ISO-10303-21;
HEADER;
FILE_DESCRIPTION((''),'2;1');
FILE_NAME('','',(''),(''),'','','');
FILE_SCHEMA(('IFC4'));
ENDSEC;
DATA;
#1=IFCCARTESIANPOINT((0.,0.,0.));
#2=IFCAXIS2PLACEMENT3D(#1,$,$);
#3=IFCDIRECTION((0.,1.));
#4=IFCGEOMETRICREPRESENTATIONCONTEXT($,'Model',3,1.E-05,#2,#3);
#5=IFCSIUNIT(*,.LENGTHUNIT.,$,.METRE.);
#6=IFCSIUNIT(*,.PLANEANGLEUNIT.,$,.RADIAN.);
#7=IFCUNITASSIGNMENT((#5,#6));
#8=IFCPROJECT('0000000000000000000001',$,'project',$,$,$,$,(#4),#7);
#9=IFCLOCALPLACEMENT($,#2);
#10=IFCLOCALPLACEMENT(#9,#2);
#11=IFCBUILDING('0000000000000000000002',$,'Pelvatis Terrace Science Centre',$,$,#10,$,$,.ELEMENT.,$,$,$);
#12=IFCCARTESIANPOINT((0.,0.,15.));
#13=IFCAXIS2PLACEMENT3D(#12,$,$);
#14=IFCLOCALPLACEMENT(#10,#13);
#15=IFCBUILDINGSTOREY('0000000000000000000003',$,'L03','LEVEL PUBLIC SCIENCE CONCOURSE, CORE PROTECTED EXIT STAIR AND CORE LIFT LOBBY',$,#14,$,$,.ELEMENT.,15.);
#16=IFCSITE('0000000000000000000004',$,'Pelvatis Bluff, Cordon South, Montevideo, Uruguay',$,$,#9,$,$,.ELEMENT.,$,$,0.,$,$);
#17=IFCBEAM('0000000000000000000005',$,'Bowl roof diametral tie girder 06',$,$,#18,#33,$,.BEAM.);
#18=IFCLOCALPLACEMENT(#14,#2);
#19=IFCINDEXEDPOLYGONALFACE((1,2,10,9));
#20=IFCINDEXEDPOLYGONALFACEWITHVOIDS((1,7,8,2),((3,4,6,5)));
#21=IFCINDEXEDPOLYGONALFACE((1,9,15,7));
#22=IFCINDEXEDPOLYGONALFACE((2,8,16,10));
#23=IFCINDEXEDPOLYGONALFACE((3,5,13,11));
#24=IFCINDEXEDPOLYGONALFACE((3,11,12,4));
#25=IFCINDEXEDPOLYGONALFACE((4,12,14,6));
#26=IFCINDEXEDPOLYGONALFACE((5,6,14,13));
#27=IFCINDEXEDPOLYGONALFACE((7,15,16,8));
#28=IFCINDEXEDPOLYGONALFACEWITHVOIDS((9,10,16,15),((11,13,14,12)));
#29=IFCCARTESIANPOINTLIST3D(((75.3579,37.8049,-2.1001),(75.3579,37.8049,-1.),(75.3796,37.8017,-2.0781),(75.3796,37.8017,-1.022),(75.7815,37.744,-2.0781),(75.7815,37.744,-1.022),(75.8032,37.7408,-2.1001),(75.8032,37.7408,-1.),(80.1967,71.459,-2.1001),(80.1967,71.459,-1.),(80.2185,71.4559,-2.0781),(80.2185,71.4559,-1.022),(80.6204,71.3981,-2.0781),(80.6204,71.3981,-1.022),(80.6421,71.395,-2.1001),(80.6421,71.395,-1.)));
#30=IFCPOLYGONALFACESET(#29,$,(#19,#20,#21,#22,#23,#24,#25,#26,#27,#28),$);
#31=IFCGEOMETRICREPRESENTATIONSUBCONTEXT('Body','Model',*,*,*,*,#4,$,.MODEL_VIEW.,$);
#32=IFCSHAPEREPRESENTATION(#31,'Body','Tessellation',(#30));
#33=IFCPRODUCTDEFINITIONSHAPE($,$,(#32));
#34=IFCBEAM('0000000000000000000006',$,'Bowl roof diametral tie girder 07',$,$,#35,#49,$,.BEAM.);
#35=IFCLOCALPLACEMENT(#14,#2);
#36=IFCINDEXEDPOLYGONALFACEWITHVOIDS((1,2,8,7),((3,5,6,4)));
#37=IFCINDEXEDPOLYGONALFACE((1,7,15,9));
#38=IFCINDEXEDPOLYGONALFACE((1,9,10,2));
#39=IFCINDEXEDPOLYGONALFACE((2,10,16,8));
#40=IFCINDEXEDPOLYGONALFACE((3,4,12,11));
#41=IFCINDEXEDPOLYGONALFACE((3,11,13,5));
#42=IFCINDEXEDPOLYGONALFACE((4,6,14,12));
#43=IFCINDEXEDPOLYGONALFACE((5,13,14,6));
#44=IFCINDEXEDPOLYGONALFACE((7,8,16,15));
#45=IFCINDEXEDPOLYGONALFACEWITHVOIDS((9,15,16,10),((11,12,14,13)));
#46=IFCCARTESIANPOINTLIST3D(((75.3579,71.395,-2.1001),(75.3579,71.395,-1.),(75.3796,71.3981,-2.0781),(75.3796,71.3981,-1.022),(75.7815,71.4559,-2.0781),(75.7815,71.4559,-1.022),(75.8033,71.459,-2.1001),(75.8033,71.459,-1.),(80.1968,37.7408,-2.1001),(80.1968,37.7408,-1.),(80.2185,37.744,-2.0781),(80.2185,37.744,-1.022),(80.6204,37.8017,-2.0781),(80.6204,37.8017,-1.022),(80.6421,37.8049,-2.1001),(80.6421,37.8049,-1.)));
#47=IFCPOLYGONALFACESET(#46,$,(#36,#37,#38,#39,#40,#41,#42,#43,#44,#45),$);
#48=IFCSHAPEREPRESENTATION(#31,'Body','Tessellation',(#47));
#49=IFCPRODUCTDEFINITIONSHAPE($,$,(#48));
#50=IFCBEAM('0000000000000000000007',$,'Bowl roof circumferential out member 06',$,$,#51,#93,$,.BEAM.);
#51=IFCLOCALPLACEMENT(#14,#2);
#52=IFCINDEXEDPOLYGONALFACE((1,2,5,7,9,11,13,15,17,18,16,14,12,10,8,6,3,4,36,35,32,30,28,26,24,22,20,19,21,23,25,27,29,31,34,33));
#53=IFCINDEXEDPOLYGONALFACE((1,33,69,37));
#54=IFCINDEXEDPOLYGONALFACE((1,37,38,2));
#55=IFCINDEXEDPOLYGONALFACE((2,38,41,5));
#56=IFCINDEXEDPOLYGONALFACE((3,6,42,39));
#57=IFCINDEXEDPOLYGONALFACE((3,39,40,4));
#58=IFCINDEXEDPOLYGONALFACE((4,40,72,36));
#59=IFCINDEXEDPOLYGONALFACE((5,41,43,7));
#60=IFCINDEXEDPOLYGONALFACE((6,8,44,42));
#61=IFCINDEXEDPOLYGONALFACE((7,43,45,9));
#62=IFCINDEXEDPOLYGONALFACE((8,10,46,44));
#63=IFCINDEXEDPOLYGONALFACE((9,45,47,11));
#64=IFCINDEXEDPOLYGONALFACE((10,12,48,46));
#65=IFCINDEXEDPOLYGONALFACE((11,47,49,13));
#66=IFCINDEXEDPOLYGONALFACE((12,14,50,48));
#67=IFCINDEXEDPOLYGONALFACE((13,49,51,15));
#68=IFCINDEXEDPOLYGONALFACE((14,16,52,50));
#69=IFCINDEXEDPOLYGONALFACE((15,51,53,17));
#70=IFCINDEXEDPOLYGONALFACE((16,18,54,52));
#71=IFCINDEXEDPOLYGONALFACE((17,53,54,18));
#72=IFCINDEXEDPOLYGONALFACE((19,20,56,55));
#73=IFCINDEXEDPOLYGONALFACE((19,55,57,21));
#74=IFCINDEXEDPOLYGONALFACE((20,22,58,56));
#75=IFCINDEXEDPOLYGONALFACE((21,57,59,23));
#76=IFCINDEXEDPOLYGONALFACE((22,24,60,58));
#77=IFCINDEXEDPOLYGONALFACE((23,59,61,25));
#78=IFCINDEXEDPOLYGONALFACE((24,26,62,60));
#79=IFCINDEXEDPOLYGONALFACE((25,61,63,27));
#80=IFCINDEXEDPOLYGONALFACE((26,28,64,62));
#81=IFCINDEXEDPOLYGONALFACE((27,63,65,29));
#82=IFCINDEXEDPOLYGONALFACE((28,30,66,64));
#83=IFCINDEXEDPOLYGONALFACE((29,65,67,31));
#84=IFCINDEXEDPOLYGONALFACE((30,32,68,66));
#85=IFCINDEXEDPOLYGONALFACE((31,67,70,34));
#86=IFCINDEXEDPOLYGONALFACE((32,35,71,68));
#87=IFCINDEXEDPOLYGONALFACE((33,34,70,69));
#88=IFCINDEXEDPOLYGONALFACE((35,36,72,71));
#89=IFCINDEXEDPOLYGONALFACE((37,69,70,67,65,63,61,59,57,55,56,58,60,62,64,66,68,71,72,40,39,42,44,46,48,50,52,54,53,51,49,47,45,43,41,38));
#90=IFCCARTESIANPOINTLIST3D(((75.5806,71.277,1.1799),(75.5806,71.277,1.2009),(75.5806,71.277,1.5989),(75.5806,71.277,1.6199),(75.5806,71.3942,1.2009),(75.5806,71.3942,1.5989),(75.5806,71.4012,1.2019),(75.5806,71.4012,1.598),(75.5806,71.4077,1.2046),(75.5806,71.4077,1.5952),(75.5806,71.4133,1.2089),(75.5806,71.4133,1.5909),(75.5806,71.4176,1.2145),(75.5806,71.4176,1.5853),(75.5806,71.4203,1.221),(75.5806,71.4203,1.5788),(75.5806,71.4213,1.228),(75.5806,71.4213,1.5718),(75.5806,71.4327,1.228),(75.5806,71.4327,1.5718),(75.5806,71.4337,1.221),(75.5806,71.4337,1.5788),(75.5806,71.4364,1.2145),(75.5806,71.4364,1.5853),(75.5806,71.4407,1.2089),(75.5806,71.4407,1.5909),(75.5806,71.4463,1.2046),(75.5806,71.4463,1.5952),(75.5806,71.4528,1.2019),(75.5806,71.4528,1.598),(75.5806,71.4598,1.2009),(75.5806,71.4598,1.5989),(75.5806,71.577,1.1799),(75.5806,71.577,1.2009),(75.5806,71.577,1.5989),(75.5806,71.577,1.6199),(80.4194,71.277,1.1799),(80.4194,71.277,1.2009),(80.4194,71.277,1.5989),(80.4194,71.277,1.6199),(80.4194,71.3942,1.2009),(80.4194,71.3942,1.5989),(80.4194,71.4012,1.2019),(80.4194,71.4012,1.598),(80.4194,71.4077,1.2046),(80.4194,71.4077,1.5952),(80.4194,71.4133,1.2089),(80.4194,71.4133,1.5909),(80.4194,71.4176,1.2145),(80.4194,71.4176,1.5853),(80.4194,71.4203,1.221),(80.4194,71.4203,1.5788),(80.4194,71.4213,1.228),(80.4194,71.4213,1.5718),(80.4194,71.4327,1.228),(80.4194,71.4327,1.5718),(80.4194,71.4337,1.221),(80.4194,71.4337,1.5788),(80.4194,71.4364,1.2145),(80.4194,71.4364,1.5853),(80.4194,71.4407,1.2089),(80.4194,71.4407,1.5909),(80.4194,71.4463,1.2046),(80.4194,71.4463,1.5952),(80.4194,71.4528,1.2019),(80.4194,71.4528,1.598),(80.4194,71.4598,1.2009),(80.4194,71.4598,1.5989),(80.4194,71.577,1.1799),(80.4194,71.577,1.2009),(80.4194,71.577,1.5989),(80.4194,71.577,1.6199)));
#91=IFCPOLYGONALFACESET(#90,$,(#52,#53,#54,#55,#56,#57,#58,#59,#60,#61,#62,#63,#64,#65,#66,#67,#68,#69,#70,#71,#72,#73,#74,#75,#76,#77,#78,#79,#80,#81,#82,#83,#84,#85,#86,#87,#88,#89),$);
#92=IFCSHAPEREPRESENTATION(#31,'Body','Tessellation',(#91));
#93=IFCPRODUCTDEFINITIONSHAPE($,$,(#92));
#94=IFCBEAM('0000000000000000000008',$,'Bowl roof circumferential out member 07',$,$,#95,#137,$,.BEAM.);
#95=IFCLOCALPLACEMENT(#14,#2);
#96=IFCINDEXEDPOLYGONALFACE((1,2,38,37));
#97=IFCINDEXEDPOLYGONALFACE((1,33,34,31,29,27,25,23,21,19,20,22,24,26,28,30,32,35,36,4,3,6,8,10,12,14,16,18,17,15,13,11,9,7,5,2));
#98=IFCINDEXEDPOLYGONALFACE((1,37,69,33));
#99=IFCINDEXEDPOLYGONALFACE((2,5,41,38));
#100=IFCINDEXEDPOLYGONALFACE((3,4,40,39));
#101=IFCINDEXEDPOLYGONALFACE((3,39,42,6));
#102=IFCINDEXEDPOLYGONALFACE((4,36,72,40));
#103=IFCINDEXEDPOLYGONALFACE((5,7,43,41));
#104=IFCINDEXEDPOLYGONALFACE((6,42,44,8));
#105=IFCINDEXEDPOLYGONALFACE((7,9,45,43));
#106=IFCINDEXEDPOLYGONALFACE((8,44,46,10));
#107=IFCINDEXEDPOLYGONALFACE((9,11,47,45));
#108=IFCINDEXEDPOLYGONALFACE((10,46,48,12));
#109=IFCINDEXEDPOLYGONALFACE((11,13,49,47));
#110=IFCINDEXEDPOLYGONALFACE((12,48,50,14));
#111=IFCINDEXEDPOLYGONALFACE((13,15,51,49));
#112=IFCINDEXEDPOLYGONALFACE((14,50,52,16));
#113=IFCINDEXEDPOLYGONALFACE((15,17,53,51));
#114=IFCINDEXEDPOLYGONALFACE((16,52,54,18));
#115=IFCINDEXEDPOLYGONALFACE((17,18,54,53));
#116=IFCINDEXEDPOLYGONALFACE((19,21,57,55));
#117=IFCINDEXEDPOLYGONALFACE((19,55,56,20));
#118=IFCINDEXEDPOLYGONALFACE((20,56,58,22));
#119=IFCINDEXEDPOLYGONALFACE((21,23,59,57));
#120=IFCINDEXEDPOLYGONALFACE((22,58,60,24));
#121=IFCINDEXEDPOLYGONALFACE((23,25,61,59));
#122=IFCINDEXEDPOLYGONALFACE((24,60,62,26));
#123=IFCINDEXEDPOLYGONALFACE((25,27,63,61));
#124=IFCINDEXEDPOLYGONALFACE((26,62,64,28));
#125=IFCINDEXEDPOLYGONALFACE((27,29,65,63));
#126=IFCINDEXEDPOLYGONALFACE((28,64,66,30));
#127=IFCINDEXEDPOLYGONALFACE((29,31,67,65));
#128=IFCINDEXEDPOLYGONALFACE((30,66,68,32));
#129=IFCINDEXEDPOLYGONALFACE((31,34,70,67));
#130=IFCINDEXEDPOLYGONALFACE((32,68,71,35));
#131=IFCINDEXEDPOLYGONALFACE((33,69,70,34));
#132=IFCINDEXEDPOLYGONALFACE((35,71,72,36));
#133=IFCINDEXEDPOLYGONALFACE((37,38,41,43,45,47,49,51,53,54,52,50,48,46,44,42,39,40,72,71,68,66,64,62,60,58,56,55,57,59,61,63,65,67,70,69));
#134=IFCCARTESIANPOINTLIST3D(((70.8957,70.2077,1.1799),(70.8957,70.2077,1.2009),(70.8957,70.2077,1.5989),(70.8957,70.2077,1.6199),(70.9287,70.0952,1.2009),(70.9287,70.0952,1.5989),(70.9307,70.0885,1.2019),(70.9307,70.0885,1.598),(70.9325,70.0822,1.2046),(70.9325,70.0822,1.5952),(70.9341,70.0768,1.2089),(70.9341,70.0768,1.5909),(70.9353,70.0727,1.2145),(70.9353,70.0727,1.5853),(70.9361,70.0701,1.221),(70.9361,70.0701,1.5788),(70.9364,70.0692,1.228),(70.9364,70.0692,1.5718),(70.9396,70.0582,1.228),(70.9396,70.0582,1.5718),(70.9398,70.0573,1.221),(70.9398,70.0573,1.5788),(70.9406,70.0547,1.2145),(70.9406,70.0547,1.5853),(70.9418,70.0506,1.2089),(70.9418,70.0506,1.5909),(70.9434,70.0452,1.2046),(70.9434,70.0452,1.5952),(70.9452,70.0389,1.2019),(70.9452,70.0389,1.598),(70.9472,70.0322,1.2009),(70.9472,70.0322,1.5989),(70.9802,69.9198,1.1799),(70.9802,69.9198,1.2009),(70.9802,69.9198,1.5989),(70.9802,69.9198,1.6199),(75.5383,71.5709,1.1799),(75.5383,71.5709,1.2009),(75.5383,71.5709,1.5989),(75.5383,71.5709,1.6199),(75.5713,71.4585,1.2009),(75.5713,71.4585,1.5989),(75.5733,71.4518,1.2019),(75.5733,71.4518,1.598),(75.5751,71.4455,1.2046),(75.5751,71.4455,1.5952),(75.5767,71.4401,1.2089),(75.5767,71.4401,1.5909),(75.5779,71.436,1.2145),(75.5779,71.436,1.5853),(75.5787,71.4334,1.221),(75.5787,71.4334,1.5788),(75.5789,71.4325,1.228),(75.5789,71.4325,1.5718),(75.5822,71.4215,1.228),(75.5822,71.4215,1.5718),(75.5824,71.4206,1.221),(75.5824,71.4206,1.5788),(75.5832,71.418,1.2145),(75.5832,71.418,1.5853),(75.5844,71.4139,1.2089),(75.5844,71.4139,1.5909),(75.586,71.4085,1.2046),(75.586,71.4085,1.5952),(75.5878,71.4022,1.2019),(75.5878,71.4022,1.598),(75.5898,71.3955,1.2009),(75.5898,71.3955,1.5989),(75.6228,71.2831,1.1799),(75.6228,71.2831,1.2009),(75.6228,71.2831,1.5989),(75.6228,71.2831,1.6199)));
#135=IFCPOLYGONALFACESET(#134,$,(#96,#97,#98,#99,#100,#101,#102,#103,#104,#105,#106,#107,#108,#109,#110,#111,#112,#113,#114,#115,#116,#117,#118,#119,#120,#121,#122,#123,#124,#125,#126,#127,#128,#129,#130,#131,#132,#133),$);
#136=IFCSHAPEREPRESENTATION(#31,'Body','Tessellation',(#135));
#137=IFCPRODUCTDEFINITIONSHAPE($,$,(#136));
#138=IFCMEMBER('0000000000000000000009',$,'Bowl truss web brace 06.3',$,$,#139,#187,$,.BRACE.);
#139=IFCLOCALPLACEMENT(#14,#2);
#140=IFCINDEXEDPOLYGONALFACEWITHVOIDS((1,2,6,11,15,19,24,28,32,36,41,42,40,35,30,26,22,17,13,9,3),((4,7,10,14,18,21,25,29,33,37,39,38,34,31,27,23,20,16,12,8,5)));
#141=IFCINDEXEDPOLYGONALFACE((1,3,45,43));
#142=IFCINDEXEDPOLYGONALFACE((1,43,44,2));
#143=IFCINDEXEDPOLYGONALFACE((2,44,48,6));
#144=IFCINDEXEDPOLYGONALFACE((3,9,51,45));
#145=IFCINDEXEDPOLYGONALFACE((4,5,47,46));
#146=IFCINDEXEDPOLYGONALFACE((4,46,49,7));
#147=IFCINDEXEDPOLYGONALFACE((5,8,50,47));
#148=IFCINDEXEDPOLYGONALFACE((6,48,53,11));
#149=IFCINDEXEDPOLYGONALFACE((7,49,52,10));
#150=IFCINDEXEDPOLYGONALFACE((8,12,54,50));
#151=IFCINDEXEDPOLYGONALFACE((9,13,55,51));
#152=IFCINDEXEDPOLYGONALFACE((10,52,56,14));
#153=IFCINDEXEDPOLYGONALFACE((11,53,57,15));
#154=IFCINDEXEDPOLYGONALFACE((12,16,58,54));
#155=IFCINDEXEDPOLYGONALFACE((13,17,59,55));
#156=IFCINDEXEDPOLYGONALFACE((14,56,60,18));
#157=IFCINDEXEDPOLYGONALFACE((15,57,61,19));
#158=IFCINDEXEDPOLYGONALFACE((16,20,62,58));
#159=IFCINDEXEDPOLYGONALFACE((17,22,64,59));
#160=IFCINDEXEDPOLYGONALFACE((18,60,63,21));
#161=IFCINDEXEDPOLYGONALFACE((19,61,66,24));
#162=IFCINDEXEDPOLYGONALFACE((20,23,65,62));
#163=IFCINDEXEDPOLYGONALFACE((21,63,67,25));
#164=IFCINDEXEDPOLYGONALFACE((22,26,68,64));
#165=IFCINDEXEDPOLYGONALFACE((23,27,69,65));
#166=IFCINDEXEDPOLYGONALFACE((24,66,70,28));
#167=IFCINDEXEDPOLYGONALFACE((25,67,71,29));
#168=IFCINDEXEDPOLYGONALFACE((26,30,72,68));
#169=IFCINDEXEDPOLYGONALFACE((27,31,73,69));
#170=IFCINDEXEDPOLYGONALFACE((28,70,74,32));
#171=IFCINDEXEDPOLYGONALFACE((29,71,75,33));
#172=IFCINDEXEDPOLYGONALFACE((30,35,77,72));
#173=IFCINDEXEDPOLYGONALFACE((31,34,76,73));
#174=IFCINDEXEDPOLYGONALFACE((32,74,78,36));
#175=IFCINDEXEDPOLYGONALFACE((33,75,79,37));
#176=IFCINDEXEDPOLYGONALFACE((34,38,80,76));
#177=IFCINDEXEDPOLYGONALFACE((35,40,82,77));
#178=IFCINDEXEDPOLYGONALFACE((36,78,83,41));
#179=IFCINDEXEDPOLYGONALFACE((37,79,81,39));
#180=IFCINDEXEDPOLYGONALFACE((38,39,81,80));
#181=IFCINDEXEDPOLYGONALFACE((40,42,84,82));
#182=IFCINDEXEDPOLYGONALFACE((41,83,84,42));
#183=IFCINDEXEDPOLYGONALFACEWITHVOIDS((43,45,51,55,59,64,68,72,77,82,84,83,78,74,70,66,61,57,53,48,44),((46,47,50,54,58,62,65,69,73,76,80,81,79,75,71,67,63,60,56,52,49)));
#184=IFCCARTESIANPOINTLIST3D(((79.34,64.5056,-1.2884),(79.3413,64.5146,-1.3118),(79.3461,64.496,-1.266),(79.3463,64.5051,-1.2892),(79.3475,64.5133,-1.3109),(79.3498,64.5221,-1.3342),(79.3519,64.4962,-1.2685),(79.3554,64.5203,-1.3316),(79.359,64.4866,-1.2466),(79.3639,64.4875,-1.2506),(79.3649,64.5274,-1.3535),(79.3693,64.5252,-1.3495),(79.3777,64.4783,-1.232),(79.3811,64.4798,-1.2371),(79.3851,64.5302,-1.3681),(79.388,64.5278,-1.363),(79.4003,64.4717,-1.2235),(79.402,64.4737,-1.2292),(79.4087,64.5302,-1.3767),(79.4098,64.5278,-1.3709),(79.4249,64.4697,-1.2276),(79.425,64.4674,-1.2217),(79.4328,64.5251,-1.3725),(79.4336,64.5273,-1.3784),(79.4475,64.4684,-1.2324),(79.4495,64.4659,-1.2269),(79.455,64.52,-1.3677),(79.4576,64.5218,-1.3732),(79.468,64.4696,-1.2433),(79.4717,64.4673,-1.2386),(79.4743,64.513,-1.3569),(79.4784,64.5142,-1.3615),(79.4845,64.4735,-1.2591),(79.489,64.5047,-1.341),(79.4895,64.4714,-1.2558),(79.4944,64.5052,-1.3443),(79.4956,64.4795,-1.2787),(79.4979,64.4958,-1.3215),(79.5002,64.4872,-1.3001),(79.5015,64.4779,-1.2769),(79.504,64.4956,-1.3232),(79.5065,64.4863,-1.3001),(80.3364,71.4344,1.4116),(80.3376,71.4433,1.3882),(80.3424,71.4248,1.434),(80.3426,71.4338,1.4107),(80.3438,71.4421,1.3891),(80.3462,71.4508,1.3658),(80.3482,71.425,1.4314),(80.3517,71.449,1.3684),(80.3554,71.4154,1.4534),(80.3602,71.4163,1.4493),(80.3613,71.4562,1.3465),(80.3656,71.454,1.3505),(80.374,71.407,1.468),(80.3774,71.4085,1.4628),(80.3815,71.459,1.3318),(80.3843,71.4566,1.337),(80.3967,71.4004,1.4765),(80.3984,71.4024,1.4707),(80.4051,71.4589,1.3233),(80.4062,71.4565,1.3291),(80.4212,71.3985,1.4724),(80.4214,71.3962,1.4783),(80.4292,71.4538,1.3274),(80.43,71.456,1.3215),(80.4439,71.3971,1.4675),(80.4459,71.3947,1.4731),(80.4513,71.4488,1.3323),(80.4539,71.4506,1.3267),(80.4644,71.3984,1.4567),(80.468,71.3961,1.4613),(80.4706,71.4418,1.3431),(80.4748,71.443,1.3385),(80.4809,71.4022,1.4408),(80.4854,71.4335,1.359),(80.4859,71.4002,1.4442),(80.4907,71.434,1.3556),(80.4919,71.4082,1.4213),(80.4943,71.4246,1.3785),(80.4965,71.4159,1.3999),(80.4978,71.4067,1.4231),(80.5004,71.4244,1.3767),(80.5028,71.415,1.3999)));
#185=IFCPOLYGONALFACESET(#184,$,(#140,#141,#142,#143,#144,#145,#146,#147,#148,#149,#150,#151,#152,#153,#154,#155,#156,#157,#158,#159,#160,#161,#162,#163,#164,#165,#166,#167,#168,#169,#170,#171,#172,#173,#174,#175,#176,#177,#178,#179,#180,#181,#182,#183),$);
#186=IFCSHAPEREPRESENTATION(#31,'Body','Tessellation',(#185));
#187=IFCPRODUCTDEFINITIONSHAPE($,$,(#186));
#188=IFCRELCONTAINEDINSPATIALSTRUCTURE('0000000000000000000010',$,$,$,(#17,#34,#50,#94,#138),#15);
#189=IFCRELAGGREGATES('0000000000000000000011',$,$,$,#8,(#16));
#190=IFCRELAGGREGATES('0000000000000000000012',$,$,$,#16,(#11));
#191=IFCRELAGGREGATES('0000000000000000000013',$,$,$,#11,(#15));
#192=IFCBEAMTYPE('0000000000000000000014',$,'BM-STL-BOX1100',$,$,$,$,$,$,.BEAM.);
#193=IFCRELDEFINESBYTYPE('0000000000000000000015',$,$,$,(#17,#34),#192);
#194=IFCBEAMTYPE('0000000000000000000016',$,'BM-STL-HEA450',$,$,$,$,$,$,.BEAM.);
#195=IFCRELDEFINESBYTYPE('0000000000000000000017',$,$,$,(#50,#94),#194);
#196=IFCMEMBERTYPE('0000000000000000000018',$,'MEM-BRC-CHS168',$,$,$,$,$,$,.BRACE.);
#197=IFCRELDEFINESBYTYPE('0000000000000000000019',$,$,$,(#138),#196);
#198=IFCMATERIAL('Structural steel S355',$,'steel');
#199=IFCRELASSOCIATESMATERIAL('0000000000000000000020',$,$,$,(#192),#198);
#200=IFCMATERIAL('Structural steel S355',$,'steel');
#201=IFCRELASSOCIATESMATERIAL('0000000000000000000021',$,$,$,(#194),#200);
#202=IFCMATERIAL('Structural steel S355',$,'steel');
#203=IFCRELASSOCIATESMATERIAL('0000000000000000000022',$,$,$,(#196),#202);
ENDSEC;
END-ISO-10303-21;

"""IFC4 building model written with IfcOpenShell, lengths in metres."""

from ifc_helpers import new_model, si_unit, direction, frame, origin, origin_2d, place, context, subcontext, project, spatial, hollow_rectangle, hollow_circle, i_section, extrude, material, material_profile, profile_set, type_object, element, save


model = new_model("IFC4")

# Units and contexts
model_context = context("Model", 3, precision=1e-05, world=origin(), true_north=direction((0.0, 1.0)))
body_context = subcontext(model_context, "Body", "Model", "MODEL_VIEW")
ifc_project = project(units=[si_unit("LENGTHUNIT", "METRE"), si_unit("PLANEANGLEUNIT", "RADIAN")], contexts=[model_context])

# Site, building, storey
site_placement = place(None, origin())
site = spatial("IfcSite", under=ifc_project, at=site_placement, Name="Pelvatis Bluff, Cordon South, Montevideo, Uruguay", CompositionType="ELEMENT", RefElevation=0.0)
building_placement = place(site_placement, origin())
building = spatial("IfcBuilding", under=site, at=building_placement, Name="Pelvatis Terrace Science Centre", CompositionType="ELEMENT")
storey_placement = place(building_placement, frame((0.0, 0.0, 15.0)))
storey = spatial("IfcBuildingStorey", under=building, at=storey_placement, Name="L03", Description="LEVEL PUBLIC SCIENCE CONCOURSE, CORE PROTECTED EXIT STAIR AND CORE LIFT LOBBY", CompositionType="ELEMENT", Elevation=15.0)

# Beams
ifc_material_1 = material(Name="Structural steel S355", Category="steel")
ifc_material_profile_1 = material_profile(ifc_material_1, hollow_rectangle(XDim=0.45, YDim=1.1001, WallThickness=0.022, at=origin_2d()), Name="RHS 1100x450x22.0")
ifc_profile_set_1 = profile_set([ifc_material_profile_1], Name="Structural steel S355")
beam_type_1 = type_object("IfcBeamType", Name="BM-STL-BOX1100", PredefinedType="BEAM", material=ifc_profile_set_1)
for number, where, z_axis, x_axis, name in (
    (1, (80.4194, 71.427, -1.55), (-0.142319, -0.989821, 0.0), (0.989821, -0.142319, 0.0), "Bowl roof diametral tie girder 06"),
    (2, (75.5806, 71.427, -1.55), (0.142319, -0.989821, 0.0), (0.989821, 0.142319, 0.0), "Bowl roof diametral tie girder 07"),
):
    element("IfcBeam", number, at=place(storey_placement, frame(where, z_axis=z_axis, x_axis=x_axis)), inside=storey, type_object=beam_type_1, Name=name, PredefinedType="BEAM", context=body_context, shape_type="SweptSolid", body=[
        extrude(hollow_rectangle(XDim=0.45, YDim=1.1001, WallThickness=0.022, at=origin_2d()), origin(), (0.0, 0.0, 1.0), 34.0002),
    ])
ifc_material_2 = material(Name="Structural steel S355", Category="steel")
ifc_material_profile_2 = material_profile(ifc_material_2, i_section(OverallWidth=0.3, OverallDepth=0.4399, WebThickness=0.0115, FlangeThickness=0.021, FilletRadius=0.0271, at=origin_2d()), Name="HEA 450")
ifc_profile_set_2 = profile_set([ifc_material_profile_2], Name="Structural steel S355")
beam_type_2 = type_object("IfcBeamType", Name="BM-STL-HEA450", PredefinedType="BEAM", material=ifc_profile_set_2)
beam_1_placement = place(storey_placement, frame((80.4194, 71.427, 1.3999), z_axis=(-1.0, 0.0, 0.0), x_axis=(0.0, -1.0, 0.0)))
element("IfcBeam", 3, at=beam_1_placement, inside=storey, type_object=beam_type_2, Name="Bowl roof circumferential out member 06", PredefinedType="BEAM", context=body_context, shape_type="SweptSolid", body=[
    extrude(i_section(OverallWidth=0.3, OverallDepth=0.4399, WebThickness=0.0115, FlangeThickness=0.021, FilletRadius=0.0271, at=origin_2d()), origin(), (0.0, 0.0, 1.0), 4.8389),
])
beam_2_placement = place(storey_placement, frame((75.5806, 71.427, 1.3999), z_axis=(-0.959488, -0.281751, 0.0), x_axis=(0.281751, -0.959488, 0.0)))
element("IfcBeam", 4, at=beam_2_placement, inside=storey, type_object=beam_type_2, Name="Bowl roof circumferential out member 07", PredefinedType="BEAM", context=body_context, shape_type="SweptSolid", body=[
    extrude(i_section(OverallWidth=0.3, OverallDepth=0.4399, WebThickness=0.0115, FlangeThickness=0.021, FilletRadius=0.0271, at=origin_2d()), origin(), (0.0, 0.0, 1.0), 4.8386),
])

# Member
ifc_material_3 = material(Name="Structural steel S355", Category="steel")
ifc_material_profile_3 = material_profile(ifc_material_3, hollow_circle(Radius=0.0842, WallThickness=0.0063, at=origin_2d()), Name="CHS 168.3x6.3")
ifc_profile_set_3 = profile_set([ifc_material_profile_3], Name="Structural steel S355")
member_type_1 = type_object("IfcMemberType", Name="MEM-BRC-CHS168", PredefinedType="BRACE", material=ifc_profile_set_3)
for number, where, z_axis, x_axis, name in (
    (5, (80.4194, 71.427, 1.3999), (-0.132798, -0.923504, -0.359867), (0.989819, -0.142334, 0.0), "Bowl truss web brace 06.3"),
):
    element("IfcMember", number, at=place(storey_placement, frame(where, z_axis=z_axis, x_axis=x_axis)), inside=storey, type_object=member_type_1, Name=name, PredefinedType="BRACE", context=body_context, shape_type="SweptSolid", body=[
        extrude(hollow_circle(Radius=0.0842, WallThickness=0.0063, at=origin_2d()), origin(), (0.0, 0.0, 1.0), 7.5027),
    ])

save(model, "model.ifc")
